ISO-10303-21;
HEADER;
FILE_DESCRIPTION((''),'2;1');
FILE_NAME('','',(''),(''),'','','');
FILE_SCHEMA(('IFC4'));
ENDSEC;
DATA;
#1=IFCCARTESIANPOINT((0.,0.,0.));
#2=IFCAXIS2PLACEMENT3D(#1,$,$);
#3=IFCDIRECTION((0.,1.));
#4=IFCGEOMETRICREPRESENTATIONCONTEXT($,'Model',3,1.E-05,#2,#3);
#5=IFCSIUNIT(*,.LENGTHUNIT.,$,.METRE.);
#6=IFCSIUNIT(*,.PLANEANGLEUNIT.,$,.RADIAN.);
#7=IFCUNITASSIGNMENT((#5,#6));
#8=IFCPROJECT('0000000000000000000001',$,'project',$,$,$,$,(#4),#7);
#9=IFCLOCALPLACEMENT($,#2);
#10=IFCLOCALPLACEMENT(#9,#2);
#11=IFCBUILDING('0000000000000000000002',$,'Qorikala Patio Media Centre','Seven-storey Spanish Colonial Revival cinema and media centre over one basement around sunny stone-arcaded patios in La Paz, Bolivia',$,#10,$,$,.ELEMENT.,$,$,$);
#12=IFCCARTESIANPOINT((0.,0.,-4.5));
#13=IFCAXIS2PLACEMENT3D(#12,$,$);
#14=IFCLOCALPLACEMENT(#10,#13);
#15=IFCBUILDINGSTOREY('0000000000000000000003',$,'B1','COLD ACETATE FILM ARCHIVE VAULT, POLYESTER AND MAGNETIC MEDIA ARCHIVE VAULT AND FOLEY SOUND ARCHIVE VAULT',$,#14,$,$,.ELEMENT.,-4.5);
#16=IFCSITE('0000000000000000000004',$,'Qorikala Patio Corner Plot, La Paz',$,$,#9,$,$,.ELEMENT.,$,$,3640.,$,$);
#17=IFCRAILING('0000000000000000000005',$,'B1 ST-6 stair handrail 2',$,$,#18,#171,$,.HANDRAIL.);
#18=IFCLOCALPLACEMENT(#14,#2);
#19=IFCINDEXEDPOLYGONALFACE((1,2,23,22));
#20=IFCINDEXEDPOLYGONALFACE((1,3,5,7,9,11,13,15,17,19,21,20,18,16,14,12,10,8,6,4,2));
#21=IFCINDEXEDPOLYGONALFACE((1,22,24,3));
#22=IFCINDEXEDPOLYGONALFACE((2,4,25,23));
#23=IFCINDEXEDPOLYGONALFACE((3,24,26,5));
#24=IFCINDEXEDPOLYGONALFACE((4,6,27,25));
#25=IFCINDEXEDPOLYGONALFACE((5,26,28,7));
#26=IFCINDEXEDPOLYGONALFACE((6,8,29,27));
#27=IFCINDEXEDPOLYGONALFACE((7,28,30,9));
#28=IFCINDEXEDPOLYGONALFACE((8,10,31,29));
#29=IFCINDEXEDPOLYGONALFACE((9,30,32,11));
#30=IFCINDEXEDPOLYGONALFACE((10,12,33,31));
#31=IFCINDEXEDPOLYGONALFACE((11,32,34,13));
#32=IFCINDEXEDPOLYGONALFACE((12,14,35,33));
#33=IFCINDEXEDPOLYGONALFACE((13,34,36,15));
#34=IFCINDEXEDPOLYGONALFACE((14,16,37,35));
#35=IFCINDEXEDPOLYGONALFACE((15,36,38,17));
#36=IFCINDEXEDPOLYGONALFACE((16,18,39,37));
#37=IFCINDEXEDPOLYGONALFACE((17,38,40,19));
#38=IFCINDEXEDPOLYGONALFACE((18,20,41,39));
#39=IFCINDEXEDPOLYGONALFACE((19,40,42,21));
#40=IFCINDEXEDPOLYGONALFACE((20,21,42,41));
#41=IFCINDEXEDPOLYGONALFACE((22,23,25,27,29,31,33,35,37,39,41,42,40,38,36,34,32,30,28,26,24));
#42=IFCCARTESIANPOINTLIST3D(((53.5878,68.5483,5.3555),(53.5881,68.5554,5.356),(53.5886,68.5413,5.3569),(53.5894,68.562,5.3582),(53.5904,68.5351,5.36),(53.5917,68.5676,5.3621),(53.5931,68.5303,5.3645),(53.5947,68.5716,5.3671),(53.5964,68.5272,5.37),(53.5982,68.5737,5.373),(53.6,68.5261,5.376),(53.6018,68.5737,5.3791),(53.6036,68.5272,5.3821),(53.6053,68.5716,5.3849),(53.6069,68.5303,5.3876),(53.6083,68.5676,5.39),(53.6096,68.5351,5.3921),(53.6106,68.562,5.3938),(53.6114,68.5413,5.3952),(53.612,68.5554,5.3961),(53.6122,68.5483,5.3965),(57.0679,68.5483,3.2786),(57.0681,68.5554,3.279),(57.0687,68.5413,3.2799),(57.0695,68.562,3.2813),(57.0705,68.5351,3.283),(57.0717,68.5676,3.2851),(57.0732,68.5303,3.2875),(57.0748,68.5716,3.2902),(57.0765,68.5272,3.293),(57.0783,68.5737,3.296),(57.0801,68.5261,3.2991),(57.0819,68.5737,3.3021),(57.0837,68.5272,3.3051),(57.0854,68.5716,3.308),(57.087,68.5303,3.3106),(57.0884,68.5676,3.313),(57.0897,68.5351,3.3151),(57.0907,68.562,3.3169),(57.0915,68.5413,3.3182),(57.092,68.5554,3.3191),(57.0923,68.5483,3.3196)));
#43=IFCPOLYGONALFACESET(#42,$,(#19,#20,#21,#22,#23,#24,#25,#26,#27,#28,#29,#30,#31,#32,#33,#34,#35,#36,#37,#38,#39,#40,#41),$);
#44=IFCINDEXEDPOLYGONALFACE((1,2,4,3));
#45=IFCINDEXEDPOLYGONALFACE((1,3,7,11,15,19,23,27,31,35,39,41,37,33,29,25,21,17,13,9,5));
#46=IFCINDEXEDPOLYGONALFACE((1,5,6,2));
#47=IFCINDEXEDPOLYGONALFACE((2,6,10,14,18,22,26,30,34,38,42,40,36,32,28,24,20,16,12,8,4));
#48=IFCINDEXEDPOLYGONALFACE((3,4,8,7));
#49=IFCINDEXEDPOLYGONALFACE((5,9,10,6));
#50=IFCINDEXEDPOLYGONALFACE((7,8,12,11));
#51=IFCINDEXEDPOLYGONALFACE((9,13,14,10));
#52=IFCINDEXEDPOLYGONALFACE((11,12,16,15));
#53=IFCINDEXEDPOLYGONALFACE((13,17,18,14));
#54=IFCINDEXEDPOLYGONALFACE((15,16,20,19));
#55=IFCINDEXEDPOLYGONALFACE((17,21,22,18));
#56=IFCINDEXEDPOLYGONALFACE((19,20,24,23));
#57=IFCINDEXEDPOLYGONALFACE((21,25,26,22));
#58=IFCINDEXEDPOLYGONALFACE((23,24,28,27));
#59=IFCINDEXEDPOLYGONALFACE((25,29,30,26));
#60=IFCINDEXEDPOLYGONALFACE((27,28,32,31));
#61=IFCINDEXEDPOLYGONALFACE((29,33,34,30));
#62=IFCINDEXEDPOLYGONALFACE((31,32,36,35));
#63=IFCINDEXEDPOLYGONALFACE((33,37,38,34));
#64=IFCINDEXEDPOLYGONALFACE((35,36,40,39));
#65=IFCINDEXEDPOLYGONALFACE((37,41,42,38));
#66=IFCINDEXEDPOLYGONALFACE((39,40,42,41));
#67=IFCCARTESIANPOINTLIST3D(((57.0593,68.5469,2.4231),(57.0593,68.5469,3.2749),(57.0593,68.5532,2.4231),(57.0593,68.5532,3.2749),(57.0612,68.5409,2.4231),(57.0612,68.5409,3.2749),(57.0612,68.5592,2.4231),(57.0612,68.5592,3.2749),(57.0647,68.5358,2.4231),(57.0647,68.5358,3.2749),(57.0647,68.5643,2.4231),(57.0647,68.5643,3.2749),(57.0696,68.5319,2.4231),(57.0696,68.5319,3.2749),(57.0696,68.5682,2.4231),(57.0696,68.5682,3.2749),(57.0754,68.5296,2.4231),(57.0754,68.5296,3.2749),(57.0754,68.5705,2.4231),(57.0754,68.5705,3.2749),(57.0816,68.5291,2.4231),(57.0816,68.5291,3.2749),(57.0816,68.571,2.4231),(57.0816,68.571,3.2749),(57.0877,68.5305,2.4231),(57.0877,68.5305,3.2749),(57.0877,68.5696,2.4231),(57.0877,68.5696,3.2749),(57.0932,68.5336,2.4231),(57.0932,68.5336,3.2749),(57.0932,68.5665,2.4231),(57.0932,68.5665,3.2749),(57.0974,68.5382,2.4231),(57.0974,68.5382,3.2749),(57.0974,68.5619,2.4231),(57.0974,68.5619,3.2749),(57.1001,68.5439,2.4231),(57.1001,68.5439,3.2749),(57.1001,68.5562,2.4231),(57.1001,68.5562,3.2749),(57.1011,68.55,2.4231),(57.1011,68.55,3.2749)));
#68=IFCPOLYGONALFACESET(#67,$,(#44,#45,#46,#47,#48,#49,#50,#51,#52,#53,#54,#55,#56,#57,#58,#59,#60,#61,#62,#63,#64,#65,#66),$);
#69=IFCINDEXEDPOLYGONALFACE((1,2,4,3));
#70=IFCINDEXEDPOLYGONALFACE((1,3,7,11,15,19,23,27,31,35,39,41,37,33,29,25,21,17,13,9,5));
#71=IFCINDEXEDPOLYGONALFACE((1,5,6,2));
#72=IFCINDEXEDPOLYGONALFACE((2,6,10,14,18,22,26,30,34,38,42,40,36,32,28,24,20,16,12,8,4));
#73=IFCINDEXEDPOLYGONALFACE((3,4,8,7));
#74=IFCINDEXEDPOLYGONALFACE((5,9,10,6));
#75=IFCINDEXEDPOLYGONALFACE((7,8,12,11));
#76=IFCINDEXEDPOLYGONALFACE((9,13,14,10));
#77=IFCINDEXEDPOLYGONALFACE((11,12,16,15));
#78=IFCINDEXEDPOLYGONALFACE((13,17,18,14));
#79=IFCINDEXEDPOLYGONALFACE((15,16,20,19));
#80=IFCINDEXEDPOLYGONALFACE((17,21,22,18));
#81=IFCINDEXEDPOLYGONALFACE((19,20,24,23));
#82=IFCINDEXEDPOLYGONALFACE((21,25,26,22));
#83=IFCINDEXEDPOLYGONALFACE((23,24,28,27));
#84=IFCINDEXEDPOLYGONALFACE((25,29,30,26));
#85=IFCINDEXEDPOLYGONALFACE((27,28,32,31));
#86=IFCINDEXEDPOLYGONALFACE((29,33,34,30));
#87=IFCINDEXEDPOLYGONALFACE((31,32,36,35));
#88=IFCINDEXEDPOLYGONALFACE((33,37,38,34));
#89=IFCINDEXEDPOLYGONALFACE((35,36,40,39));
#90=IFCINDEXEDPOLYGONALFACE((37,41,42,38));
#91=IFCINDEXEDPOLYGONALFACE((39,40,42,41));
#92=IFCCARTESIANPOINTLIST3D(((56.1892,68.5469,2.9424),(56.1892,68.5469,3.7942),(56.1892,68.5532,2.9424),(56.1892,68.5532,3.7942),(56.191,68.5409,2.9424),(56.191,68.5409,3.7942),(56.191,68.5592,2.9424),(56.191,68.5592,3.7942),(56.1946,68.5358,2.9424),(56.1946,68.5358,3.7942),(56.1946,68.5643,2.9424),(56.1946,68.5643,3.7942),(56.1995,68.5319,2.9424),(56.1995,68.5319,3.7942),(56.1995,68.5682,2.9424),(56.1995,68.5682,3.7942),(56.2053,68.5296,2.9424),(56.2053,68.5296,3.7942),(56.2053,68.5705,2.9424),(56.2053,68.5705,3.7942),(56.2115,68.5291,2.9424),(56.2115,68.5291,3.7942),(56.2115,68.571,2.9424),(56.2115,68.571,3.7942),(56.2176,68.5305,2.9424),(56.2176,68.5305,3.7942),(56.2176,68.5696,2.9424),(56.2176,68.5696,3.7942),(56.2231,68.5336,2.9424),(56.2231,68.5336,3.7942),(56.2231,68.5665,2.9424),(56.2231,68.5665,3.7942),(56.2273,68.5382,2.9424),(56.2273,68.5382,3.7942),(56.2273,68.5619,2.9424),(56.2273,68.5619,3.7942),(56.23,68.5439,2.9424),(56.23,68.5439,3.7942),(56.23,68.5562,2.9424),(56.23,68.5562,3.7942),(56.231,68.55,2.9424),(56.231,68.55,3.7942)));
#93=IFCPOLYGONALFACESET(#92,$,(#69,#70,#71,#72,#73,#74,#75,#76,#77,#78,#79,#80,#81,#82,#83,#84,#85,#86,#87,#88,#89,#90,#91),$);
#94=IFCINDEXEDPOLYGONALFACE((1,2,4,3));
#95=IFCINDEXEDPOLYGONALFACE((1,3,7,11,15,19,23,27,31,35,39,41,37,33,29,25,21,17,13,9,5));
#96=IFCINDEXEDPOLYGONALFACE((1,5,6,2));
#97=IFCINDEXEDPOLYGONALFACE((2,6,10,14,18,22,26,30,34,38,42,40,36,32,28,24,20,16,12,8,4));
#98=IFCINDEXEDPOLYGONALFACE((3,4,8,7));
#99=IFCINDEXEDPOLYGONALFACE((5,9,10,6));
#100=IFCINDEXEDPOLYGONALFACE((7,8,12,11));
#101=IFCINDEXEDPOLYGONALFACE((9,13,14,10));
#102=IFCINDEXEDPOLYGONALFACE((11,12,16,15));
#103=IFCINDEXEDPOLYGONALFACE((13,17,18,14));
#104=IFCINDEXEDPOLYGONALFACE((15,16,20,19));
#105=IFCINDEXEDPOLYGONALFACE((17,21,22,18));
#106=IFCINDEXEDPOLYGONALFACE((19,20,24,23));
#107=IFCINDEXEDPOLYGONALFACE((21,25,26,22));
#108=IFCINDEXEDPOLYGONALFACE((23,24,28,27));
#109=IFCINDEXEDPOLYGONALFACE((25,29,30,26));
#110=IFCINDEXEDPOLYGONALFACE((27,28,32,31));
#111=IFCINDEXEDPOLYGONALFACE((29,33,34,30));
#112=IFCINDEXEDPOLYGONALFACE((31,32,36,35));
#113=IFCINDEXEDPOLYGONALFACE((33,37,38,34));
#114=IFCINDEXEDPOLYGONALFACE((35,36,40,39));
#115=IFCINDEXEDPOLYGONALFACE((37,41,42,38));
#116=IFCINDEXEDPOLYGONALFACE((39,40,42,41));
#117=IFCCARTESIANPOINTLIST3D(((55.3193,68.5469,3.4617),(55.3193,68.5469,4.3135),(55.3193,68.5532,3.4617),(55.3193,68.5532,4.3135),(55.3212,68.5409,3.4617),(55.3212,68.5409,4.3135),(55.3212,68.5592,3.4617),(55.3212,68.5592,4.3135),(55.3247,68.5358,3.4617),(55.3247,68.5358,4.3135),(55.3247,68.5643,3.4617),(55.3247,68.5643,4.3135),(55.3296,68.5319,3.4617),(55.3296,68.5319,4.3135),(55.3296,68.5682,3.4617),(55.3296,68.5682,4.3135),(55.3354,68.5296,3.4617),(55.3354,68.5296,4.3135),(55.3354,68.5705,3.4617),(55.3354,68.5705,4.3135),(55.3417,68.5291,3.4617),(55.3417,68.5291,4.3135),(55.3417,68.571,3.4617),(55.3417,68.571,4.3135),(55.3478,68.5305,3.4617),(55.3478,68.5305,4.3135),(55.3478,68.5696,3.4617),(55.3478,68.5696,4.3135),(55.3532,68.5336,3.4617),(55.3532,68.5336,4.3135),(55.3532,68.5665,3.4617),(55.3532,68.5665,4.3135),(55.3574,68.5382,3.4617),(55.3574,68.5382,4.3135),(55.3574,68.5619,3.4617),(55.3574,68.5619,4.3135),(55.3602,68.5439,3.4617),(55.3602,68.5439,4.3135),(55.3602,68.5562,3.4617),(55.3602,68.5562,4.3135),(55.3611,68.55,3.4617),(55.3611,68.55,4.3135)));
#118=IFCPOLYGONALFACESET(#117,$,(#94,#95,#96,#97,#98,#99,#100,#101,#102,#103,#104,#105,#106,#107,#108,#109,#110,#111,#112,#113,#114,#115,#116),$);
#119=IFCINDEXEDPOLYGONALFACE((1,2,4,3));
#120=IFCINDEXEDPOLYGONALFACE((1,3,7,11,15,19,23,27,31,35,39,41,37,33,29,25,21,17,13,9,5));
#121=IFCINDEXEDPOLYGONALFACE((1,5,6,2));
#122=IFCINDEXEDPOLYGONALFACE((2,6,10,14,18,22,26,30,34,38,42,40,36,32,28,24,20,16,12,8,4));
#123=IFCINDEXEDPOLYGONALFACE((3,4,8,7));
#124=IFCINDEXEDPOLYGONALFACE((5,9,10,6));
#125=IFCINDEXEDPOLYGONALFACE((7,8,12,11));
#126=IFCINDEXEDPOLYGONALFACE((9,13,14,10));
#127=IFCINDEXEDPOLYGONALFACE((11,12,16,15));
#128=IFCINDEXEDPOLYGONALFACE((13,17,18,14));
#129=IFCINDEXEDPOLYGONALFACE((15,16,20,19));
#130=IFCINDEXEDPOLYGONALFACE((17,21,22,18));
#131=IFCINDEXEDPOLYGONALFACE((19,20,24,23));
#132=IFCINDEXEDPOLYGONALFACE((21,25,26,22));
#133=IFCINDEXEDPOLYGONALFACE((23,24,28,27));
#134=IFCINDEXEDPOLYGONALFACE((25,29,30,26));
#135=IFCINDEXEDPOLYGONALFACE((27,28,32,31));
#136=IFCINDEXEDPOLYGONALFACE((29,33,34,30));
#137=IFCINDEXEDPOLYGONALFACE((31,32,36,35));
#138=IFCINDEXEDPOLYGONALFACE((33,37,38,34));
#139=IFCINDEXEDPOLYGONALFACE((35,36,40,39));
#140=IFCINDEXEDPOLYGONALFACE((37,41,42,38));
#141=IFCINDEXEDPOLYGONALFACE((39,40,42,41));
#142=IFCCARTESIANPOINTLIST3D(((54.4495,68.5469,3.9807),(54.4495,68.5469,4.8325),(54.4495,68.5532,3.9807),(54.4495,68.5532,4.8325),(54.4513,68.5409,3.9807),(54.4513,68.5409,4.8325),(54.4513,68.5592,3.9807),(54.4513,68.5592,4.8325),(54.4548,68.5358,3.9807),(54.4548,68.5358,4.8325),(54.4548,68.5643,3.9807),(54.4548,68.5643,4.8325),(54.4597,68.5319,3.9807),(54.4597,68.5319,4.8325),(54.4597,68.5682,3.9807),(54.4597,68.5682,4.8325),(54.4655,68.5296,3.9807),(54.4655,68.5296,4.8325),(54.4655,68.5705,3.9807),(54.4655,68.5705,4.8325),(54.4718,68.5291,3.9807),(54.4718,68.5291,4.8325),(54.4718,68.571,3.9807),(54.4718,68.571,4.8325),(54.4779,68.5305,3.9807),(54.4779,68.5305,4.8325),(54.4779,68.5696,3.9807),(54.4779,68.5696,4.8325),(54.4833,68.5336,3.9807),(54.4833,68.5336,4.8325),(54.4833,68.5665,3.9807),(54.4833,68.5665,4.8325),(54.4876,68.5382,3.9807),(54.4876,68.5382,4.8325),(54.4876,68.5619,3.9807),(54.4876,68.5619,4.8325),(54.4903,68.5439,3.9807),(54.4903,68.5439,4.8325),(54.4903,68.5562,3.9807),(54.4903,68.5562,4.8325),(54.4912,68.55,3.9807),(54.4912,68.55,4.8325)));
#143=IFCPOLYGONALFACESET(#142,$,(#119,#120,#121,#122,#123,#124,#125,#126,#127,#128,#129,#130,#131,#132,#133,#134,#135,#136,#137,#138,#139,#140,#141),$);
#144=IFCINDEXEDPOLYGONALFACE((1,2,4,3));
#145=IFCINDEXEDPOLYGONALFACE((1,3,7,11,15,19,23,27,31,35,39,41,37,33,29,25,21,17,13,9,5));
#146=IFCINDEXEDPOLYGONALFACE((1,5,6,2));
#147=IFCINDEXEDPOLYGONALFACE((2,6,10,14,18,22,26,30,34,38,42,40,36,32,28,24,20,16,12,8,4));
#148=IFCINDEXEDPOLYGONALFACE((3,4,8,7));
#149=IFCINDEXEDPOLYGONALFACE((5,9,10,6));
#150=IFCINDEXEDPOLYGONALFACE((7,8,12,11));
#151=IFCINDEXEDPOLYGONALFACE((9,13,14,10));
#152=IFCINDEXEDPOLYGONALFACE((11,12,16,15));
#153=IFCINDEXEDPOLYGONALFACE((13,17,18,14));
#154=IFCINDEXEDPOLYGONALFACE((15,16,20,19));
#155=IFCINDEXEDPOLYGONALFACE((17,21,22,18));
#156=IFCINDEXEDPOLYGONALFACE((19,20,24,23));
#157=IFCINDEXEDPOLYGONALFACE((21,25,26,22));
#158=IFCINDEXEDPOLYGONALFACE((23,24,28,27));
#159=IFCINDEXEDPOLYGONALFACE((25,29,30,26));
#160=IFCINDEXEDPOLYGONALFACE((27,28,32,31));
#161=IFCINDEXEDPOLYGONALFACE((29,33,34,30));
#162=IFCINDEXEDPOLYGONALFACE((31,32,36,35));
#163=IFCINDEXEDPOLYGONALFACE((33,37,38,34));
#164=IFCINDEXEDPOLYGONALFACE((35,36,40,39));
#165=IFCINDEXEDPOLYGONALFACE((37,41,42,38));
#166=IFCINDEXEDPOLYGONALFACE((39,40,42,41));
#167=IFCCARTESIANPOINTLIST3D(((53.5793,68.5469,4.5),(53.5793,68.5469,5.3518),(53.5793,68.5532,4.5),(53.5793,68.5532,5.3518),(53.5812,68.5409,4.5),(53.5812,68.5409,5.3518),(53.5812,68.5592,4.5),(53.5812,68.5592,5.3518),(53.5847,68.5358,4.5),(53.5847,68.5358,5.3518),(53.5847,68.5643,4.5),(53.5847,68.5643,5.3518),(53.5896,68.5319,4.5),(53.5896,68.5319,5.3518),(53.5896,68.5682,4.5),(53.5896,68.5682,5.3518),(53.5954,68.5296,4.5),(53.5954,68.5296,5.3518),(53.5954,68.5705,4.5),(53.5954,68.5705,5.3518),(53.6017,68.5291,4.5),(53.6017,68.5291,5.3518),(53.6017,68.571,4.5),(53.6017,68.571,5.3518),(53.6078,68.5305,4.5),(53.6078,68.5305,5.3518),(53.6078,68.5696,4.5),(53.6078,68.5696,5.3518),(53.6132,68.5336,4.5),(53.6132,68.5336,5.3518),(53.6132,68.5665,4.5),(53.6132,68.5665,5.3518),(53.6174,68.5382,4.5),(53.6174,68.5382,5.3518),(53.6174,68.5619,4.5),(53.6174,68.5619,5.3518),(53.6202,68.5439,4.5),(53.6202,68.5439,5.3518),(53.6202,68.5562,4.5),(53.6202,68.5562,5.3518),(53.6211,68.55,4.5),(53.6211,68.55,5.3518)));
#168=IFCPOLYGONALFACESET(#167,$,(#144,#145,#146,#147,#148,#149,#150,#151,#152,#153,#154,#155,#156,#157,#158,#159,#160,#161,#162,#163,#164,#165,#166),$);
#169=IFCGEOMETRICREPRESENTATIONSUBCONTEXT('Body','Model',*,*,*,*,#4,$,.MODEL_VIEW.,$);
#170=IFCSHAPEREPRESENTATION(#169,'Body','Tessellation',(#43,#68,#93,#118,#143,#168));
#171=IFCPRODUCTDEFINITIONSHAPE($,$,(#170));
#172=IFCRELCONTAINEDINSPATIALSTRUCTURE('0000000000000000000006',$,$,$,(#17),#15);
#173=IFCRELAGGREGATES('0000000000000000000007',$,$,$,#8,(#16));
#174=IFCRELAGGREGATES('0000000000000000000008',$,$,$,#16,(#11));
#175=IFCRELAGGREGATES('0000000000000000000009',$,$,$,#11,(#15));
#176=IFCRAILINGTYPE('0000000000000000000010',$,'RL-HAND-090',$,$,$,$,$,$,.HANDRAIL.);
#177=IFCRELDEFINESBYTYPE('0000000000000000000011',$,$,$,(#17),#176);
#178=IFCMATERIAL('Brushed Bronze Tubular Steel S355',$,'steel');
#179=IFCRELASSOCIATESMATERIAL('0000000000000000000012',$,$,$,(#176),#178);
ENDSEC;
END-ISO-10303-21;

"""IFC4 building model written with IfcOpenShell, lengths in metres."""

from ifc_helpers import new_model, si_unit, direction, frame, origin, origin_2d, place, context, subcontext, project, spatial, circle, extrude, material, type_object, element, save


model = new_model("IFC4")

# Units and contexts
model_context = context("Model", 3, precision=1e-05, world=origin(), true_north=direction((0.0, 1.0)))
body_context = subcontext(model_context, "Body", "Model", "MODEL_VIEW")
ifc_project = project(units=[si_unit("LENGTHUNIT", "METRE"), si_unit("PLANEANGLEUNIT", "RADIAN")], contexts=[model_context])

# Site, building, storey
site_placement = place(None, origin())
site = spatial("IfcSite", under=ifc_project, at=site_placement, Name="Qorikala Patio Corner Plot, La Paz", CompositionType="ELEMENT", RefElevation=3640.0)
building_placement = place(site_placement, origin())
building = spatial("IfcBuilding", under=site, at=building_placement, Name="Qorikala Patio Media Centre", Description="Seven-storey Spanish Colonial Revival cinema and media centre over one basement around sunny stone-arcaded patios in La Paz, Bolivia", CompositionType="ELEMENT")
storey_placement = place(building_placement, frame((0.0, 0.0, -4.5)))
storey = spatial("IfcBuildingStorey", under=building, at=storey_placement, Name="B1", Description="COLD ACETATE FILM ARCHIVE VAULT, POLYESTER AND MAGNETIC MEDIA ARCHIVE VAULT AND FOLEY SOUND ARCHIVE VAULT", CompositionType="ELEMENT", Elevation=-4.5)

# Railing
ifc_material_1 = material(Name="Brushed Bronze Tubular Steel S355", Category="steel")
railing_type_1 = type_object("IfcRailingType", Name="RL-HAND-090", PredefinedType="HANDRAIL", material=ifc_material_1)
railing_1_placement = place(storey_placement, frame((57.0801, 68.55, 2.4231)))
element("IfcRailing", 1, at=railing_1_placement, inside=storey, type_object=railing_type_1, Name="B1 ST-6 stair handrail 2", PredefinedType="HANDRAIL", context=body_context, shape_type="SweptSolid", body=[
    extrude(circle(Radius=0.0239, at=origin_2d()), frame((0.0, 0.0, 0.876), z_axis=(-0.858697, 0.0, 0.512483), x_axis=(0.0, -1.0, 0.0)), (0.0, 0.0, 1.0), 4.0527),
    extrude(circle(Radius=0.021, at=origin_2d()), origin(), (0.0, 0.0, 1.0), 0.8518),
    extrude(circle(Radius=0.021, at=origin_2d()), frame((-0.8701, 0.0, 0.5193)), (0.0, 0.0, 1.0), 0.8518),
    extrude(circle(Radius=0.021, at=origin_2d()), frame((-1.74, 0.0, 1.0386)), (0.0, 0.0, 1.0), 0.8518),
    extrude(circle(Radius=0.021, at=origin_2d()), frame((-2.6099, 0.0, 1.5576)), (0.0, 0.0, 1.0), 0.8518),
    extrude(circle(Radius=0.021, at=origin_2d()), frame((-3.48, 0.0, 2.0769)), (0.0, 0.0, 1.0), 0.8518),
])

save(model, "model.ifc")
